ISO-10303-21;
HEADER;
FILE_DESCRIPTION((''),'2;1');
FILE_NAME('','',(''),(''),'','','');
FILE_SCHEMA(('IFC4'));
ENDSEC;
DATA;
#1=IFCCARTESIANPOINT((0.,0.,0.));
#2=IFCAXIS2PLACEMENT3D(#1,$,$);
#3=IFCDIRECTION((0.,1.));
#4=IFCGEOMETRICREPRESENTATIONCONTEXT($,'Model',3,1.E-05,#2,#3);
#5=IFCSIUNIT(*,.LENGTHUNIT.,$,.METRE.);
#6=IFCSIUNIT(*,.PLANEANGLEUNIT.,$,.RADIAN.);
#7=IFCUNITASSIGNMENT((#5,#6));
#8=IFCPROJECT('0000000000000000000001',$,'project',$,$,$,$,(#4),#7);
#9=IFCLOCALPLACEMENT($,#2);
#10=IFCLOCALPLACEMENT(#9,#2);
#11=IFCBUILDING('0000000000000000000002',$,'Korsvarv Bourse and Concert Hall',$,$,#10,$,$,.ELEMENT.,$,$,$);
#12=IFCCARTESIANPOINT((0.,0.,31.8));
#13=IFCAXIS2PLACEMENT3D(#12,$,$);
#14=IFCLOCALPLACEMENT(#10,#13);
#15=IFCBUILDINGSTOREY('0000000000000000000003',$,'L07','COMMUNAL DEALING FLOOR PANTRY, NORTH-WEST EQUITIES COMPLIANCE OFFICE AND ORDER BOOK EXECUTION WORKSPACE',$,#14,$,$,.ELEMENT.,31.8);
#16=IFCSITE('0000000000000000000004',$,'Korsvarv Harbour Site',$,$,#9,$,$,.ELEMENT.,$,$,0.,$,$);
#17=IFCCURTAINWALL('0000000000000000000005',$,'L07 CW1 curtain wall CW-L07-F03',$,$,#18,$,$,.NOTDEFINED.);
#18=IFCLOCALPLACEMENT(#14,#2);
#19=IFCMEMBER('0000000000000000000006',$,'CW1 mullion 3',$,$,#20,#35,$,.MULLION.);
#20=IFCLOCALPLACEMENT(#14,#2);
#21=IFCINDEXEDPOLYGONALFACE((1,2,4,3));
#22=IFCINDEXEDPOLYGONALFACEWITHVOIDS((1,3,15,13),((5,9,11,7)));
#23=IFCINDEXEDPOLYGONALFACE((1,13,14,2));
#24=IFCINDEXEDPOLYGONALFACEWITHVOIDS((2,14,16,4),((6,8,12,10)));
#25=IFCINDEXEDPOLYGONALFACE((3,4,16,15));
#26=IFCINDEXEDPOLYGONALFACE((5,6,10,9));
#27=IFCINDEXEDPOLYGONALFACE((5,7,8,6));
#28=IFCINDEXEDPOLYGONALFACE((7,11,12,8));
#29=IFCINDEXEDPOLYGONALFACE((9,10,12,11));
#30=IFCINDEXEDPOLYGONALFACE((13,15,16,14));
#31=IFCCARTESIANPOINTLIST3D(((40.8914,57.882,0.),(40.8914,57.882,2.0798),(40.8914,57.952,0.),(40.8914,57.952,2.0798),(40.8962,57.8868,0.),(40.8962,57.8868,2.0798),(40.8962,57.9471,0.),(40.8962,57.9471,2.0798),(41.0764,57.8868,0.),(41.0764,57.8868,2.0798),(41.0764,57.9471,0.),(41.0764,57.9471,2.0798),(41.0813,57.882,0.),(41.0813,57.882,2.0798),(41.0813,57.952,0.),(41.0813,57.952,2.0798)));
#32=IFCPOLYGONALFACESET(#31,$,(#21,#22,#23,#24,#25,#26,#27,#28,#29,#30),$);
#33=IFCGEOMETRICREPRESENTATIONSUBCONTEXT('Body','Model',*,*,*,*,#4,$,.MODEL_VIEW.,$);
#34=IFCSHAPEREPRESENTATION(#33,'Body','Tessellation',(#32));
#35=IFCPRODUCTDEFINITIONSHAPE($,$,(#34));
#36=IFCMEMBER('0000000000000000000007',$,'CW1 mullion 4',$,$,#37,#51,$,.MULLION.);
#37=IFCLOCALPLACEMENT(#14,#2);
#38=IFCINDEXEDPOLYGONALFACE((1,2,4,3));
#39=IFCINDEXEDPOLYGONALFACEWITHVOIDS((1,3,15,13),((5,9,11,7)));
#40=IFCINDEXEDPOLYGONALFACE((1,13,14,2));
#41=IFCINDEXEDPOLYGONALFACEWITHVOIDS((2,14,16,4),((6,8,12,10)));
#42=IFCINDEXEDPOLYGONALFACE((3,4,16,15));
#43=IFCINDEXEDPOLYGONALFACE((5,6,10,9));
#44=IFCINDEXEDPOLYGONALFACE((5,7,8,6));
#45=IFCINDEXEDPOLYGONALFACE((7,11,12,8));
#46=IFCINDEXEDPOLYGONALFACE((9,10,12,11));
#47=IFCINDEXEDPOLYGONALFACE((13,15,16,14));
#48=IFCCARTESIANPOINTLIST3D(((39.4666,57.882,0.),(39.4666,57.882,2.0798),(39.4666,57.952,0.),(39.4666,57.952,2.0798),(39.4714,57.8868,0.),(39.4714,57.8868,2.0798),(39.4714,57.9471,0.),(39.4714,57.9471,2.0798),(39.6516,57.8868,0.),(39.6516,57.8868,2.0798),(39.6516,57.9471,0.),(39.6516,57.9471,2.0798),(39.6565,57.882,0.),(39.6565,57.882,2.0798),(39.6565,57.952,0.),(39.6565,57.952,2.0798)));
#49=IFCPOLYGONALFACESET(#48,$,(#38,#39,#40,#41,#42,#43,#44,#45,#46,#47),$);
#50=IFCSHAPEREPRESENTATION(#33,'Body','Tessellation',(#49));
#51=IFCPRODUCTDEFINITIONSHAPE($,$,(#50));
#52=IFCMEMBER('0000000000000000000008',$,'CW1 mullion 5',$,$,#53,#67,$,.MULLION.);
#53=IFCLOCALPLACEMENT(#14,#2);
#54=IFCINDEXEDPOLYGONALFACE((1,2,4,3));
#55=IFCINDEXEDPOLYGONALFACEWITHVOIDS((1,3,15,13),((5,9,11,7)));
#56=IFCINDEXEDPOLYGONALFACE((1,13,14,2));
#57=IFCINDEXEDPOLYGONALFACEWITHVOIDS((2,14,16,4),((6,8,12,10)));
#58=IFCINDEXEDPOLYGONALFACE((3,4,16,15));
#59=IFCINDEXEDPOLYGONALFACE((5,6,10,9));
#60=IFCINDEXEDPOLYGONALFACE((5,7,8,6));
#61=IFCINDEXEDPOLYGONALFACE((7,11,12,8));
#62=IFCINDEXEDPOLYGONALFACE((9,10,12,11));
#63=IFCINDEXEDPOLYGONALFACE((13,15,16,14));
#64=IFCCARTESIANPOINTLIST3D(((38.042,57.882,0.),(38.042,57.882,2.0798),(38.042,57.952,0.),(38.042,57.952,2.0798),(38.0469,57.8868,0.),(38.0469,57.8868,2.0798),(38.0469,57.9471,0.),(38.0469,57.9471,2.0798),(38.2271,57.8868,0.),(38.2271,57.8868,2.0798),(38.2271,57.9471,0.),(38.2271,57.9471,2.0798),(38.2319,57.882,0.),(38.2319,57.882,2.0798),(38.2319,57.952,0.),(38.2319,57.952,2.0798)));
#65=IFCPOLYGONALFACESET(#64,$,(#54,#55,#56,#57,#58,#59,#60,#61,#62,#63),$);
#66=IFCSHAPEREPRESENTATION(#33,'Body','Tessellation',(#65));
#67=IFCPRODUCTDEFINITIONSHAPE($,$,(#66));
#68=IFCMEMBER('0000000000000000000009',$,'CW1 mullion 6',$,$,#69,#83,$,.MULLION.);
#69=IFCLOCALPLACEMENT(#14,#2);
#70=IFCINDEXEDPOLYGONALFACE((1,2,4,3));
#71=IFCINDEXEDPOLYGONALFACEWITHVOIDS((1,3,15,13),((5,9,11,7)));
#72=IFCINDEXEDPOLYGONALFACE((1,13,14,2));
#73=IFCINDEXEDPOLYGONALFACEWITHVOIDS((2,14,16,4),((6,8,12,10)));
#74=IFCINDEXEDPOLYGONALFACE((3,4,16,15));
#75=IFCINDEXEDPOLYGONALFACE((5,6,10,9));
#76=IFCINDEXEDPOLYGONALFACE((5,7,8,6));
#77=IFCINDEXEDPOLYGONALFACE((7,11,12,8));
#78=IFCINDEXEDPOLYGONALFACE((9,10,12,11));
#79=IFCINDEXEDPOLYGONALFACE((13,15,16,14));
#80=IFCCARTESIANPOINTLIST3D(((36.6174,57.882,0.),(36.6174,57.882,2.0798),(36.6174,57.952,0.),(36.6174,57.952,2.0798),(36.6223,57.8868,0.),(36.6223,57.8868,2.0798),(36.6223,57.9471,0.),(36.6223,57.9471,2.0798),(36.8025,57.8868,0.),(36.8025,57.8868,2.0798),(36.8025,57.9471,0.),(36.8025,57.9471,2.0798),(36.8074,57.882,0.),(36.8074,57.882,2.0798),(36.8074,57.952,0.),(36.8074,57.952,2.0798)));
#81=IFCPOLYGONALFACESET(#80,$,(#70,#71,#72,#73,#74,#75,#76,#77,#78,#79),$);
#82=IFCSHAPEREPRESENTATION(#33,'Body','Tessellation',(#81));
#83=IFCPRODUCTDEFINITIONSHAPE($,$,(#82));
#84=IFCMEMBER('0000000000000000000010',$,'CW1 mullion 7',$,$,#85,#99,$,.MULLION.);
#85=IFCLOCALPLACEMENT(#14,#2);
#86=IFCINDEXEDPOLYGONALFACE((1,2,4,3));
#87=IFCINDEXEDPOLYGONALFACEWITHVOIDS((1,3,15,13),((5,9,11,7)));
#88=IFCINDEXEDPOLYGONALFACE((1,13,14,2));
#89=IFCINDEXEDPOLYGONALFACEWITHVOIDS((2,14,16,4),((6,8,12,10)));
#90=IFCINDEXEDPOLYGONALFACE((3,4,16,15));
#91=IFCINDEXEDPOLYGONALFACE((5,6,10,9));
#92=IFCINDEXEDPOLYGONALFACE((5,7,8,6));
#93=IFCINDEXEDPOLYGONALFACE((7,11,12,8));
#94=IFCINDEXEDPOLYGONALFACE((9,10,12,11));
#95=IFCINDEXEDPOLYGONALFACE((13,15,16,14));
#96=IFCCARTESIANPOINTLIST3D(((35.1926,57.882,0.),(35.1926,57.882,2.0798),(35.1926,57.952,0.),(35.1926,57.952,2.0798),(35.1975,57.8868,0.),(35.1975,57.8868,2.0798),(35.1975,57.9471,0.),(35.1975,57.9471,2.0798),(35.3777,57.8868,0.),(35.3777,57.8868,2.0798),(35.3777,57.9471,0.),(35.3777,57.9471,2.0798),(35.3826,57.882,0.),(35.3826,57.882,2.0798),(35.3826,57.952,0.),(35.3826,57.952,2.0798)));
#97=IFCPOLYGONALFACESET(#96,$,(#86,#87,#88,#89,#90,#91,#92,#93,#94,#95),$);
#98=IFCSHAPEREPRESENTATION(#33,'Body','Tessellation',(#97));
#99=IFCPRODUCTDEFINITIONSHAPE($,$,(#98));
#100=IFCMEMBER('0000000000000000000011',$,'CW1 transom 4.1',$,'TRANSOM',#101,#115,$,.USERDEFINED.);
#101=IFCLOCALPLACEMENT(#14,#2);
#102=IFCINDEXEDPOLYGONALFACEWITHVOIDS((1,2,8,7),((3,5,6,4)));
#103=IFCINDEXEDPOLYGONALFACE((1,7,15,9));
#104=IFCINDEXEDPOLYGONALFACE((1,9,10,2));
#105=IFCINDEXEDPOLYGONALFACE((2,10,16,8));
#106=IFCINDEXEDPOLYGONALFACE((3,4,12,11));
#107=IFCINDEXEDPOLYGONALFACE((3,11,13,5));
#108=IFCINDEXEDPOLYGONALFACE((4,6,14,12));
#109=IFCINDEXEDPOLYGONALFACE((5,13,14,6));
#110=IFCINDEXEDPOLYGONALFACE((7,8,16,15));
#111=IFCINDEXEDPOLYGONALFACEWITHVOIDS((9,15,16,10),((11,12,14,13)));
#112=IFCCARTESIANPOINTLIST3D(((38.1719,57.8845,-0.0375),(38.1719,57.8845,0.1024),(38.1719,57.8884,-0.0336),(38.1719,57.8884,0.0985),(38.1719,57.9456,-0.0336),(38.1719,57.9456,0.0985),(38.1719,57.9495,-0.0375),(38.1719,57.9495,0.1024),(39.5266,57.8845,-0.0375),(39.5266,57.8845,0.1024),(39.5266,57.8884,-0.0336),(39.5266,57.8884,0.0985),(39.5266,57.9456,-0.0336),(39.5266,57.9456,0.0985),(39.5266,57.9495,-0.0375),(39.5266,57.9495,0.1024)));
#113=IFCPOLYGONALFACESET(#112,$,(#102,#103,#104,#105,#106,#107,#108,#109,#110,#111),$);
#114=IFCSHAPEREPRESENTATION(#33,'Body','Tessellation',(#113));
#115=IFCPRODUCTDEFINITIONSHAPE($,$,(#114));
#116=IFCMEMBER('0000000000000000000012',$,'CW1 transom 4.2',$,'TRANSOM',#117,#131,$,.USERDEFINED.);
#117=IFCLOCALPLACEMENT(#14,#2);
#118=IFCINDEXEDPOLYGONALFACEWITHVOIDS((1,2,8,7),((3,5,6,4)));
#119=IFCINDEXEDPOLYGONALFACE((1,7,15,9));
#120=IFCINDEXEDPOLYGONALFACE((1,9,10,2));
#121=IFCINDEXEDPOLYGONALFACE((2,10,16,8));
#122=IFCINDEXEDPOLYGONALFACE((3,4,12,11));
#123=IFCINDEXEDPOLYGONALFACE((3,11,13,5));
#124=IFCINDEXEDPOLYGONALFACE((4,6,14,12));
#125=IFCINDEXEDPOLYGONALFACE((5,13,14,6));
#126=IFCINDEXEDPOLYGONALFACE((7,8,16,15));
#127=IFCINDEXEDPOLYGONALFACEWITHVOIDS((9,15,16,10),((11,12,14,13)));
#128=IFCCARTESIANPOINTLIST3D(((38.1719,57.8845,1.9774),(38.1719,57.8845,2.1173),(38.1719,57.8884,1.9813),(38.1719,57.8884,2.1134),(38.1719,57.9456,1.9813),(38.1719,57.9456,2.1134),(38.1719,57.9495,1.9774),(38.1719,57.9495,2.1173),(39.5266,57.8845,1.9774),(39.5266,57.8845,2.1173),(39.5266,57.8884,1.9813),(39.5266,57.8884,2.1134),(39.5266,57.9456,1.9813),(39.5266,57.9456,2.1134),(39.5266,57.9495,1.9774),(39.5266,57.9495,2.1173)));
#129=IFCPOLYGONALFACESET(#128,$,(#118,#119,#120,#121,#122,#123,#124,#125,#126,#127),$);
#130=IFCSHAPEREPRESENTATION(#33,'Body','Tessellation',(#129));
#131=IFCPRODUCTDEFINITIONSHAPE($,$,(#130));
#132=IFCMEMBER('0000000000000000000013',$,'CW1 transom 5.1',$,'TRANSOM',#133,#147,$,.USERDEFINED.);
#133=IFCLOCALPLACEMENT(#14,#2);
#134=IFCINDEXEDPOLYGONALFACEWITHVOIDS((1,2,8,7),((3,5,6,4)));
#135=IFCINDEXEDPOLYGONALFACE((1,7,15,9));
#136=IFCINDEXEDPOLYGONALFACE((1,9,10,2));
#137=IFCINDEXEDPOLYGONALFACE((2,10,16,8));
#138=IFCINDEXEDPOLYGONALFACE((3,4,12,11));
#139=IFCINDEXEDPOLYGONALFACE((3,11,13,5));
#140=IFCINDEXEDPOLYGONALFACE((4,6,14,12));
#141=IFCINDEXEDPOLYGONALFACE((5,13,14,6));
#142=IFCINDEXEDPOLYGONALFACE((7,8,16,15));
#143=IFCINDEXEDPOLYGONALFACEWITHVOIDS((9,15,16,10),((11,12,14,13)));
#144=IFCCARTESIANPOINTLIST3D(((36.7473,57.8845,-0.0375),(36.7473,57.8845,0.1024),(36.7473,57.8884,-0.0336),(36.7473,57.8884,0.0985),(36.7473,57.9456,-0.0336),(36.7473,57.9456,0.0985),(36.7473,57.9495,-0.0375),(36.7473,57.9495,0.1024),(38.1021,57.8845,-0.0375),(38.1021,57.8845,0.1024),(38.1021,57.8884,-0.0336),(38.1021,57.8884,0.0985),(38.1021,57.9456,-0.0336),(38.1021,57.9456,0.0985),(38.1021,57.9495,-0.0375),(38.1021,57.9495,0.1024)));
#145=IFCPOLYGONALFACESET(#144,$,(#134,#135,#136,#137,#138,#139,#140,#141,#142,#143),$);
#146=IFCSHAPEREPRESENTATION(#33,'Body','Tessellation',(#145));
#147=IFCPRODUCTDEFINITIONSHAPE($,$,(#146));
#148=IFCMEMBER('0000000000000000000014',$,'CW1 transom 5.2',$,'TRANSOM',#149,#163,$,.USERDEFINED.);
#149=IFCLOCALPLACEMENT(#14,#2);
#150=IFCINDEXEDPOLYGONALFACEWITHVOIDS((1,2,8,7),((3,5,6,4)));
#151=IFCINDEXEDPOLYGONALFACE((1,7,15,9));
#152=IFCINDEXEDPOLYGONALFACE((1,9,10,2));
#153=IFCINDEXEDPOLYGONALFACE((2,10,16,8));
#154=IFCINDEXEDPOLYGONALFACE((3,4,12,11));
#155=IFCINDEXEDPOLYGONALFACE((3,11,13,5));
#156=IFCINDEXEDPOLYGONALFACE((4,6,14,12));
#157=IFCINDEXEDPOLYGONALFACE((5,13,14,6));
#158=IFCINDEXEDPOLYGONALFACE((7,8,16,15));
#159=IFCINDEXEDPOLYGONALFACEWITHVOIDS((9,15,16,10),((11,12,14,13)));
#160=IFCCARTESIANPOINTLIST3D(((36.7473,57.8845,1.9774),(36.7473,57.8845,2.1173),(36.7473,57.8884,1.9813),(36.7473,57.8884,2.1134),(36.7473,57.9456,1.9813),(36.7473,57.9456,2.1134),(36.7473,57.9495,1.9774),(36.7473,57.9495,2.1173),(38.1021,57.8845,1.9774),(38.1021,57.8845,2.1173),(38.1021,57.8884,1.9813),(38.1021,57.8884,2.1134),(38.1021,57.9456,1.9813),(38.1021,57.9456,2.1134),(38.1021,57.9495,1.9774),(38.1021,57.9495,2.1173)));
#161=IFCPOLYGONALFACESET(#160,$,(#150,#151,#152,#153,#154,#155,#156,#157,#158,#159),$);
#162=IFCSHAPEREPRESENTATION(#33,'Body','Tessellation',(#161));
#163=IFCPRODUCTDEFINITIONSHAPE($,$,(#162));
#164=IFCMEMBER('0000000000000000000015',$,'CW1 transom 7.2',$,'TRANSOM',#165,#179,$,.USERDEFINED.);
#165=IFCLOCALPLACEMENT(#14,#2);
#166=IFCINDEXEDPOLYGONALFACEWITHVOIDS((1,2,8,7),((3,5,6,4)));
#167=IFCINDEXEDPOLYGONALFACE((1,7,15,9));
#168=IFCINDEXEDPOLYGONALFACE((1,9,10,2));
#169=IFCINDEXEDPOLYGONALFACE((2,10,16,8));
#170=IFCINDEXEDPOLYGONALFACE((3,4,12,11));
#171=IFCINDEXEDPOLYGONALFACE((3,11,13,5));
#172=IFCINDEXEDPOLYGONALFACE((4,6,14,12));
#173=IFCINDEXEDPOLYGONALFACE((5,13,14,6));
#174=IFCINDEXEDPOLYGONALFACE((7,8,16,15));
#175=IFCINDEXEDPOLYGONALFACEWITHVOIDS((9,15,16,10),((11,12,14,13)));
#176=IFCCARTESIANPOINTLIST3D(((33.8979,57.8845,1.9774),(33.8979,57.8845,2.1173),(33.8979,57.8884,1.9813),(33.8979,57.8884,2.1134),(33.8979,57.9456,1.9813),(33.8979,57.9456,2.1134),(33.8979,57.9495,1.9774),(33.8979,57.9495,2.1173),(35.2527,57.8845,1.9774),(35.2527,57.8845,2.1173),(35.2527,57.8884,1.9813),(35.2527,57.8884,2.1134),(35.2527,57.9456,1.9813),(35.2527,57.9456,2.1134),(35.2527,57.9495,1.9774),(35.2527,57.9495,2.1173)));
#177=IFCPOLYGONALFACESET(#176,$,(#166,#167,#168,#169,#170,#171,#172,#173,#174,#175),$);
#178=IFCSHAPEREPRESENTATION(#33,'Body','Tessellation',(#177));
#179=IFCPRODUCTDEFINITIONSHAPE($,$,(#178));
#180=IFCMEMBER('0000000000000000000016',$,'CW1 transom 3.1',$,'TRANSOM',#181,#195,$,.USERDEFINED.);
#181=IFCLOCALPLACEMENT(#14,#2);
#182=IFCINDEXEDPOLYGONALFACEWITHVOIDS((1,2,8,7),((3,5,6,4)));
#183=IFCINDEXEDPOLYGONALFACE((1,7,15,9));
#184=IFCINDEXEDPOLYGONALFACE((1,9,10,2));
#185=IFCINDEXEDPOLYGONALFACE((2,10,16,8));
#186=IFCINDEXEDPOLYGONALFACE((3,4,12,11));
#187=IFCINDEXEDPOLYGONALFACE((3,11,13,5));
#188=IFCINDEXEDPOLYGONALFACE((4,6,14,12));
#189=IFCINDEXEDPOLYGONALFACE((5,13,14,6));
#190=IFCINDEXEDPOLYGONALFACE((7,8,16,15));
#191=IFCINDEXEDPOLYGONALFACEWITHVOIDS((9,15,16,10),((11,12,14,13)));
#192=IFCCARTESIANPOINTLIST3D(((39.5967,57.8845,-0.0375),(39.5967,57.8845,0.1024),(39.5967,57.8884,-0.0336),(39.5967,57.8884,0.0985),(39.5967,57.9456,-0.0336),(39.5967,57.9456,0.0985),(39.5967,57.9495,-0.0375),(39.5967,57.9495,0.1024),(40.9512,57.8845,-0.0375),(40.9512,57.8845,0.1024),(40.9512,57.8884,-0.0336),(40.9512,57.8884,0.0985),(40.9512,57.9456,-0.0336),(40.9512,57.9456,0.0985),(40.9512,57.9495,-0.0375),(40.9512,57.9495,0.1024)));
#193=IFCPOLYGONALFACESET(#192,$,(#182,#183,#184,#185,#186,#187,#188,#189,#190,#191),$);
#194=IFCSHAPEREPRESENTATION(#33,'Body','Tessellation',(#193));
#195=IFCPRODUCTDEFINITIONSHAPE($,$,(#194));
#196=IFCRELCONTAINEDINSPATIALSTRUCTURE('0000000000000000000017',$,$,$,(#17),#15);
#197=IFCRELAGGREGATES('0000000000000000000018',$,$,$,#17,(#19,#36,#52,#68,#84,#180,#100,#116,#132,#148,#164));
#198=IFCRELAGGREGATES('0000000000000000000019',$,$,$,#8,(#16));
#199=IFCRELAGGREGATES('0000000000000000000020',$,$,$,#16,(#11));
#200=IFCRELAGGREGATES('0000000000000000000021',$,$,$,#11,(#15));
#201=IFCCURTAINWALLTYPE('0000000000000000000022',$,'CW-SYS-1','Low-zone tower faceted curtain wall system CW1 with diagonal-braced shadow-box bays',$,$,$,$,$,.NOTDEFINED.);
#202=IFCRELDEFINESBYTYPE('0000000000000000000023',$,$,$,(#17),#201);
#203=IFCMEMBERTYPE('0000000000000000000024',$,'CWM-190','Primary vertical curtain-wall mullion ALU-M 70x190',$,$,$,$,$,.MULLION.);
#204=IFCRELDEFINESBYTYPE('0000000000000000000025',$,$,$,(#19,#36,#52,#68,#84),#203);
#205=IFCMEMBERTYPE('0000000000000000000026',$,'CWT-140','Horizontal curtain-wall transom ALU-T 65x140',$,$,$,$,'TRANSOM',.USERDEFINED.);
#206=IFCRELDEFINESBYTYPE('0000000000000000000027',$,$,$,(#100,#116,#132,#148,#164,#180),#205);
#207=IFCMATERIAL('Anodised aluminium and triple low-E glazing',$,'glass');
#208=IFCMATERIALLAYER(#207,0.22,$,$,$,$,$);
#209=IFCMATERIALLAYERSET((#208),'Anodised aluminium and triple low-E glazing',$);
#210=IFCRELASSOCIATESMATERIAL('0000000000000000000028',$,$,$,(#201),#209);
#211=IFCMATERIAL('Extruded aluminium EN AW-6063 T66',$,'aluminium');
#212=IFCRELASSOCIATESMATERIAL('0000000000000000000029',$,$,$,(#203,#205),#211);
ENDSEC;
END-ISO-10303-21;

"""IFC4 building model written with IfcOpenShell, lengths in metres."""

from ifc_helpers import new_model, si_unit, direction, frame, origin, origin_2d, place, context, subcontext, project, spatial, hollow_rectangle, extrude, source, transform, mapped, material, layer, layer_set, material_profile, profile_set, type_object, element, aggregate, save


model = new_model("IFC4")

# Units and contexts
model_context = context("Model", 3, precision=1e-05, world=origin(), true_north=direction((0.0, 1.0)))
body_context = subcontext(model_context, "Body", "Model", "MODEL_VIEW")
ifc_project = project(units=[si_unit("LENGTHUNIT", "METRE"), si_unit("PLANEANGLEUNIT", "RADIAN")], contexts=[model_context])

# Site, building, storey
site_placement = place(None, origin())
site = spatial("IfcSite", under=ifc_project, at=site_placement, Name="Korsvarv Harbour Site", CompositionType="ELEMENT", RefElevation=0.0)
building_placement = place(site_placement, origin())
building = spatial("IfcBuilding", under=site, at=building_placement, Name="Korsvarv Bourse and Concert Hall", CompositionType="ELEMENT")
storey_placement = place(building_placement, frame((0.0, 0.0, 31.8)))
storey = spatial("IfcBuildingStorey", under=building, at=storey_placement, Name="L07", Description="COMMUNAL DEALING FLOOR PANTRY, NORTH-WEST EQUITIES COMPLIANCE OFFICE AND ORDER BOOK EXECUTION WORKSPACE", CompositionType="ELEMENT", Elevation=31.8)

# Curtain wall, members
ifc_material_1 = material(Name="Anodised aluminium and triple low-E glazing", Category="glass")
ifc_layer_1 = layer(ifc_material_1, 0.22)
ifc_layer_set_1 = layer_set([ifc_layer_1], Name="Anodised aluminium and triple low-E glazing")
curtain_wall_type = type_object("IfcCurtainWallType", Name="CW-SYS-1", Description="Low-zone tower faceted curtain wall system CW1 with diagonal-braced shadow-box bays", PredefinedType="NOTDEFINED", material=ifc_layer_set_1)
curtain_wall_placement = place(storey_placement, origin())
curtain_wall = element("IfcCurtainWall", 1, at=curtain_wall_placement, inside=storey, type_object=curtain_wall_type, Name="L07 CW1 curtain wall CW-L07-F03", PredefinedType="NOTDEFINED")
ifc_material_2 = material(Name="Extruded aluminium EN AW-6063 T66", Category="aluminium")
ifc_material_profile_1 = material_profile(ifc_material_2, hollow_rectangle(XDim=0.0701, YDim=0.1899, WallThickness=0.0049, at=origin_2d()), Name="ALU-M 70x190")
ifc_profile_set_1 = profile_set([ifc_material_profile_1], Name="Extruded aluminium EN AW-6063 T66")
member_type_1 = type_object("IfcMemberType", Name="CWM-190", Description="Primary vertical curtain-wall mullion ALU-M 70x190", PredefinedType="MULLION", material=ifc_profile_set_1)
shared_shape_1 = source(origin(), body_context, "Body", "SweptSolid", [
    extrude(hollow_rectangle(XDim=0.0701, YDim=0.1899, WallThickness=0.0049, at=origin_2d()), origin(), (0.0, 0.0, 1.0), 2.0798),
])
member_1_placement = place(storey_placement, frame((40.9863, 57.917, 0.0), z_axis=(0.0, 0.0, 1.0), x_axis=(0.0, -1.0, 0.0)))
member_1 = element("IfcMember", 2, at=member_1_placement, type_object=member_type_1, Name="CW1 mullion 3", PredefinedType="MULLION", context=body_context, shape_type="MappedRepresentation", body=[
    mapped(shared_shape_1, transform((0.0, 0.0, 0.0), scale=1.0)),
])
member_2_placement = place(storey_placement, frame((39.5615, 57.917, 0.0), z_axis=(0.0, 0.0, 1.0), x_axis=(0.0, -1.0, 0.0)))
member_2 = element("IfcMember", 3, at=member_2_placement, type_object=member_type_1, Name="CW1 mullion 4", PredefinedType="MULLION", context=body_context, shape_type="MappedRepresentation", body=[
    mapped(shared_shape_1, transform((0.0, 0.0, 0.0), scale=1.0)),
])
member_3_placement = place(storey_placement, frame((38.137, 57.917, 0.0), z_axis=(0.0, 0.0, 1.0), x_axis=(0.0, -1.0, 0.0)))
member_3 = element("IfcMember", 4, at=member_3_placement, type_object=member_type_1, Name="CW1 mullion 5", PredefinedType="MULLION", context=body_context, shape_type="MappedRepresentation", body=[
    mapped(shared_shape_1, transform((0.0, 0.0, 0.0), scale=1.0)),
])
member_4_placement = place(storey_placement, frame((36.7124, 57.917, 0.0), z_axis=(0.0, 0.0, 1.0), x_axis=(0.0, -1.0, 0.0)))
member_4 = element("IfcMember", 5, at=member_4_placement, type_object=member_type_1, Name="CW1 mullion 6", PredefinedType="MULLION", context=body_context, shape_type="MappedRepresentation", body=[
    mapped(shared_shape_1, transform((0.0, 0.0, 0.0), scale=1.0)),
])
member_5_placement = place(storey_placement, frame((35.2876, 57.917, 0.0), z_axis=(0.0, 0.0, 1.0), x_axis=(0.0, -1.0, 0.0)))
member_5 = element("IfcMember", 6, at=member_5_placement, type_object=member_type_1, Name="CW1 mullion 7", PredefinedType="MULLION", context=body_context, shape_type="MappedRepresentation", body=[
    mapped(shared_shape_1, transform((0.0, 0.0, 0.0), scale=1.0)),
])
ifc_material_profile_2 = material_profile(ifc_material_2, hollow_rectangle(XDim=0.0649, YDim=0.1399, WallThickness=0.0039, at=origin_2d()), Name="ALU-T 65x140")
ifc_profile_set_2 = profile_set([ifc_material_profile_2], Name="Extruded aluminium EN AW-6063 T66")
member_type_2 = type_object("IfcMemberType", Name="CWT-140", Description="Horizontal curtain-wall transom ALU-T 65x140", ElementType="TRANSOM", PredefinedType="USERDEFINED", material=ifc_profile_set_2)
shared_shape_2 = source(origin(), body_context, "Body", "SweptSolid", [
    extrude(hollow_rectangle(XDim=0.0649, YDim=0.1399, WallThickness=0.0039, at=origin_2d()), origin(), (0.0, 0.0, 1.0), 1.3547),
])
member_6_placement = place(storey_placement, frame((39.5266, 57.917, 0.0325), z_axis=(-1.0, 0.0, 0.0), x_axis=(0.0, -1.0, 0.0)))
member_6 = element("IfcMember", 7, at=member_6_placement, type_object=member_type_2, Name="CW1 transom 4.1", ObjectType="TRANSOM", PredefinedType="USERDEFINED", context=body_context, shape_type="MappedRepresentation", body=[
    mapped(shared_shape_2, transform((0.0, 0.0, 0.0), scale=1.0)),
])
member_7_placement = place(storey_placement, frame((39.5266, 57.917, 2.0474), z_axis=(-1.0, 0.0, 0.0), x_axis=(0.0, -1.0, 0.0)))
member_7 = element("IfcMember", 8, at=member_7_placement, type_object=member_type_2, Name="CW1 transom 4.2", ObjectType="TRANSOM", PredefinedType="USERDEFINED", context=body_context, shape_type="MappedRepresentation", body=[
    mapped(shared_shape_2, transform((0.0, 0.0, 0.0), scale=1.0)),
])
member_8_placement = place(storey_placement, frame((38.1021, 57.917, 0.0325), z_axis=(-1.0, 0.0, 0.0), x_axis=(0.0, -1.0, 0.0)))
member_8 = element("IfcMember", 9, at=member_8_placement, type_object=member_type_2, Name="CW1 transom 5.1", ObjectType="TRANSOM", PredefinedType="USERDEFINED", context=body_context, shape_type="MappedRepresentation", body=[
    mapped(shared_shape_2, transform((0.0, 0.0, 0.0), scale=1.0)),
])
member_9_placement = place(storey_placement, frame((38.1021, 57.917, 2.0474), z_axis=(-1.0, 0.0, 0.0), x_axis=(0.0, -1.0, 0.0)))
member_9 = element("IfcMember", 10, at=member_9_placement, type_object=member_type_2, Name="CW1 transom 5.2", ObjectType="TRANSOM", PredefinedType="USERDEFINED", context=body_context, shape_type="MappedRepresentation", body=[
    mapped(shared_shape_2, transform((0.0, 0.0, 0.0), scale=1.0)),
])
member_10_placement = place(storey_placement, frame((35.2527, 57.917, 2.0474), z_axis=(-1.0, 0.0, 0.0), x_axis=(0.0, -1.0, 0.0)))
member_10 = element("IfcMember", 11, at=member_10_placement, type_object=member_type_2, Name="CW1 transom 7.2", ObjectType="TRANSOM", PredefinedType="USERDEFINED", context=body_context, shape_type="MappedRepresentation", body=[
    mapped(shared_shape_2, transform((0.0, 0.0, 0.0), scale=1.0)),
])
shared_shape_3 = source(origin(), body_context, "Body", "SweptSolid", [
    extrude(hollow_rectangle(XDim=0.0649, YDim=0.1399, WallThickness=0.0039, at=origin_2d()), origin(), (0.0, 0.0, 1.0), 1.3545),
])
member_11_placement = place(storey_placement, frame((40.9512, 57.917, 0.0325), z_axis=(-1.0, 0.0, 0.0), x_axis=(0.0, -1.0, 0.0)))
member_11 = element("IfcMember", 12, at=member_11_placement, type_object=member_type_2, Name="CW1 transom 3.1", ObjectType="TRANSOM", PredefinedType="USERDEFINED", context=body_context, shape_type="MappedRepresentation", body=[
    mapped(shared_shape_3, transform((0.0, 0.0, 0.0), scale=1.0)),
])
aggregate(curtain_wall, [member_1, member_2, member_3, member_4, member_5, member_11, member_6, member_7, member_8, member_9, member_10])

save(model, "model.ifc")
